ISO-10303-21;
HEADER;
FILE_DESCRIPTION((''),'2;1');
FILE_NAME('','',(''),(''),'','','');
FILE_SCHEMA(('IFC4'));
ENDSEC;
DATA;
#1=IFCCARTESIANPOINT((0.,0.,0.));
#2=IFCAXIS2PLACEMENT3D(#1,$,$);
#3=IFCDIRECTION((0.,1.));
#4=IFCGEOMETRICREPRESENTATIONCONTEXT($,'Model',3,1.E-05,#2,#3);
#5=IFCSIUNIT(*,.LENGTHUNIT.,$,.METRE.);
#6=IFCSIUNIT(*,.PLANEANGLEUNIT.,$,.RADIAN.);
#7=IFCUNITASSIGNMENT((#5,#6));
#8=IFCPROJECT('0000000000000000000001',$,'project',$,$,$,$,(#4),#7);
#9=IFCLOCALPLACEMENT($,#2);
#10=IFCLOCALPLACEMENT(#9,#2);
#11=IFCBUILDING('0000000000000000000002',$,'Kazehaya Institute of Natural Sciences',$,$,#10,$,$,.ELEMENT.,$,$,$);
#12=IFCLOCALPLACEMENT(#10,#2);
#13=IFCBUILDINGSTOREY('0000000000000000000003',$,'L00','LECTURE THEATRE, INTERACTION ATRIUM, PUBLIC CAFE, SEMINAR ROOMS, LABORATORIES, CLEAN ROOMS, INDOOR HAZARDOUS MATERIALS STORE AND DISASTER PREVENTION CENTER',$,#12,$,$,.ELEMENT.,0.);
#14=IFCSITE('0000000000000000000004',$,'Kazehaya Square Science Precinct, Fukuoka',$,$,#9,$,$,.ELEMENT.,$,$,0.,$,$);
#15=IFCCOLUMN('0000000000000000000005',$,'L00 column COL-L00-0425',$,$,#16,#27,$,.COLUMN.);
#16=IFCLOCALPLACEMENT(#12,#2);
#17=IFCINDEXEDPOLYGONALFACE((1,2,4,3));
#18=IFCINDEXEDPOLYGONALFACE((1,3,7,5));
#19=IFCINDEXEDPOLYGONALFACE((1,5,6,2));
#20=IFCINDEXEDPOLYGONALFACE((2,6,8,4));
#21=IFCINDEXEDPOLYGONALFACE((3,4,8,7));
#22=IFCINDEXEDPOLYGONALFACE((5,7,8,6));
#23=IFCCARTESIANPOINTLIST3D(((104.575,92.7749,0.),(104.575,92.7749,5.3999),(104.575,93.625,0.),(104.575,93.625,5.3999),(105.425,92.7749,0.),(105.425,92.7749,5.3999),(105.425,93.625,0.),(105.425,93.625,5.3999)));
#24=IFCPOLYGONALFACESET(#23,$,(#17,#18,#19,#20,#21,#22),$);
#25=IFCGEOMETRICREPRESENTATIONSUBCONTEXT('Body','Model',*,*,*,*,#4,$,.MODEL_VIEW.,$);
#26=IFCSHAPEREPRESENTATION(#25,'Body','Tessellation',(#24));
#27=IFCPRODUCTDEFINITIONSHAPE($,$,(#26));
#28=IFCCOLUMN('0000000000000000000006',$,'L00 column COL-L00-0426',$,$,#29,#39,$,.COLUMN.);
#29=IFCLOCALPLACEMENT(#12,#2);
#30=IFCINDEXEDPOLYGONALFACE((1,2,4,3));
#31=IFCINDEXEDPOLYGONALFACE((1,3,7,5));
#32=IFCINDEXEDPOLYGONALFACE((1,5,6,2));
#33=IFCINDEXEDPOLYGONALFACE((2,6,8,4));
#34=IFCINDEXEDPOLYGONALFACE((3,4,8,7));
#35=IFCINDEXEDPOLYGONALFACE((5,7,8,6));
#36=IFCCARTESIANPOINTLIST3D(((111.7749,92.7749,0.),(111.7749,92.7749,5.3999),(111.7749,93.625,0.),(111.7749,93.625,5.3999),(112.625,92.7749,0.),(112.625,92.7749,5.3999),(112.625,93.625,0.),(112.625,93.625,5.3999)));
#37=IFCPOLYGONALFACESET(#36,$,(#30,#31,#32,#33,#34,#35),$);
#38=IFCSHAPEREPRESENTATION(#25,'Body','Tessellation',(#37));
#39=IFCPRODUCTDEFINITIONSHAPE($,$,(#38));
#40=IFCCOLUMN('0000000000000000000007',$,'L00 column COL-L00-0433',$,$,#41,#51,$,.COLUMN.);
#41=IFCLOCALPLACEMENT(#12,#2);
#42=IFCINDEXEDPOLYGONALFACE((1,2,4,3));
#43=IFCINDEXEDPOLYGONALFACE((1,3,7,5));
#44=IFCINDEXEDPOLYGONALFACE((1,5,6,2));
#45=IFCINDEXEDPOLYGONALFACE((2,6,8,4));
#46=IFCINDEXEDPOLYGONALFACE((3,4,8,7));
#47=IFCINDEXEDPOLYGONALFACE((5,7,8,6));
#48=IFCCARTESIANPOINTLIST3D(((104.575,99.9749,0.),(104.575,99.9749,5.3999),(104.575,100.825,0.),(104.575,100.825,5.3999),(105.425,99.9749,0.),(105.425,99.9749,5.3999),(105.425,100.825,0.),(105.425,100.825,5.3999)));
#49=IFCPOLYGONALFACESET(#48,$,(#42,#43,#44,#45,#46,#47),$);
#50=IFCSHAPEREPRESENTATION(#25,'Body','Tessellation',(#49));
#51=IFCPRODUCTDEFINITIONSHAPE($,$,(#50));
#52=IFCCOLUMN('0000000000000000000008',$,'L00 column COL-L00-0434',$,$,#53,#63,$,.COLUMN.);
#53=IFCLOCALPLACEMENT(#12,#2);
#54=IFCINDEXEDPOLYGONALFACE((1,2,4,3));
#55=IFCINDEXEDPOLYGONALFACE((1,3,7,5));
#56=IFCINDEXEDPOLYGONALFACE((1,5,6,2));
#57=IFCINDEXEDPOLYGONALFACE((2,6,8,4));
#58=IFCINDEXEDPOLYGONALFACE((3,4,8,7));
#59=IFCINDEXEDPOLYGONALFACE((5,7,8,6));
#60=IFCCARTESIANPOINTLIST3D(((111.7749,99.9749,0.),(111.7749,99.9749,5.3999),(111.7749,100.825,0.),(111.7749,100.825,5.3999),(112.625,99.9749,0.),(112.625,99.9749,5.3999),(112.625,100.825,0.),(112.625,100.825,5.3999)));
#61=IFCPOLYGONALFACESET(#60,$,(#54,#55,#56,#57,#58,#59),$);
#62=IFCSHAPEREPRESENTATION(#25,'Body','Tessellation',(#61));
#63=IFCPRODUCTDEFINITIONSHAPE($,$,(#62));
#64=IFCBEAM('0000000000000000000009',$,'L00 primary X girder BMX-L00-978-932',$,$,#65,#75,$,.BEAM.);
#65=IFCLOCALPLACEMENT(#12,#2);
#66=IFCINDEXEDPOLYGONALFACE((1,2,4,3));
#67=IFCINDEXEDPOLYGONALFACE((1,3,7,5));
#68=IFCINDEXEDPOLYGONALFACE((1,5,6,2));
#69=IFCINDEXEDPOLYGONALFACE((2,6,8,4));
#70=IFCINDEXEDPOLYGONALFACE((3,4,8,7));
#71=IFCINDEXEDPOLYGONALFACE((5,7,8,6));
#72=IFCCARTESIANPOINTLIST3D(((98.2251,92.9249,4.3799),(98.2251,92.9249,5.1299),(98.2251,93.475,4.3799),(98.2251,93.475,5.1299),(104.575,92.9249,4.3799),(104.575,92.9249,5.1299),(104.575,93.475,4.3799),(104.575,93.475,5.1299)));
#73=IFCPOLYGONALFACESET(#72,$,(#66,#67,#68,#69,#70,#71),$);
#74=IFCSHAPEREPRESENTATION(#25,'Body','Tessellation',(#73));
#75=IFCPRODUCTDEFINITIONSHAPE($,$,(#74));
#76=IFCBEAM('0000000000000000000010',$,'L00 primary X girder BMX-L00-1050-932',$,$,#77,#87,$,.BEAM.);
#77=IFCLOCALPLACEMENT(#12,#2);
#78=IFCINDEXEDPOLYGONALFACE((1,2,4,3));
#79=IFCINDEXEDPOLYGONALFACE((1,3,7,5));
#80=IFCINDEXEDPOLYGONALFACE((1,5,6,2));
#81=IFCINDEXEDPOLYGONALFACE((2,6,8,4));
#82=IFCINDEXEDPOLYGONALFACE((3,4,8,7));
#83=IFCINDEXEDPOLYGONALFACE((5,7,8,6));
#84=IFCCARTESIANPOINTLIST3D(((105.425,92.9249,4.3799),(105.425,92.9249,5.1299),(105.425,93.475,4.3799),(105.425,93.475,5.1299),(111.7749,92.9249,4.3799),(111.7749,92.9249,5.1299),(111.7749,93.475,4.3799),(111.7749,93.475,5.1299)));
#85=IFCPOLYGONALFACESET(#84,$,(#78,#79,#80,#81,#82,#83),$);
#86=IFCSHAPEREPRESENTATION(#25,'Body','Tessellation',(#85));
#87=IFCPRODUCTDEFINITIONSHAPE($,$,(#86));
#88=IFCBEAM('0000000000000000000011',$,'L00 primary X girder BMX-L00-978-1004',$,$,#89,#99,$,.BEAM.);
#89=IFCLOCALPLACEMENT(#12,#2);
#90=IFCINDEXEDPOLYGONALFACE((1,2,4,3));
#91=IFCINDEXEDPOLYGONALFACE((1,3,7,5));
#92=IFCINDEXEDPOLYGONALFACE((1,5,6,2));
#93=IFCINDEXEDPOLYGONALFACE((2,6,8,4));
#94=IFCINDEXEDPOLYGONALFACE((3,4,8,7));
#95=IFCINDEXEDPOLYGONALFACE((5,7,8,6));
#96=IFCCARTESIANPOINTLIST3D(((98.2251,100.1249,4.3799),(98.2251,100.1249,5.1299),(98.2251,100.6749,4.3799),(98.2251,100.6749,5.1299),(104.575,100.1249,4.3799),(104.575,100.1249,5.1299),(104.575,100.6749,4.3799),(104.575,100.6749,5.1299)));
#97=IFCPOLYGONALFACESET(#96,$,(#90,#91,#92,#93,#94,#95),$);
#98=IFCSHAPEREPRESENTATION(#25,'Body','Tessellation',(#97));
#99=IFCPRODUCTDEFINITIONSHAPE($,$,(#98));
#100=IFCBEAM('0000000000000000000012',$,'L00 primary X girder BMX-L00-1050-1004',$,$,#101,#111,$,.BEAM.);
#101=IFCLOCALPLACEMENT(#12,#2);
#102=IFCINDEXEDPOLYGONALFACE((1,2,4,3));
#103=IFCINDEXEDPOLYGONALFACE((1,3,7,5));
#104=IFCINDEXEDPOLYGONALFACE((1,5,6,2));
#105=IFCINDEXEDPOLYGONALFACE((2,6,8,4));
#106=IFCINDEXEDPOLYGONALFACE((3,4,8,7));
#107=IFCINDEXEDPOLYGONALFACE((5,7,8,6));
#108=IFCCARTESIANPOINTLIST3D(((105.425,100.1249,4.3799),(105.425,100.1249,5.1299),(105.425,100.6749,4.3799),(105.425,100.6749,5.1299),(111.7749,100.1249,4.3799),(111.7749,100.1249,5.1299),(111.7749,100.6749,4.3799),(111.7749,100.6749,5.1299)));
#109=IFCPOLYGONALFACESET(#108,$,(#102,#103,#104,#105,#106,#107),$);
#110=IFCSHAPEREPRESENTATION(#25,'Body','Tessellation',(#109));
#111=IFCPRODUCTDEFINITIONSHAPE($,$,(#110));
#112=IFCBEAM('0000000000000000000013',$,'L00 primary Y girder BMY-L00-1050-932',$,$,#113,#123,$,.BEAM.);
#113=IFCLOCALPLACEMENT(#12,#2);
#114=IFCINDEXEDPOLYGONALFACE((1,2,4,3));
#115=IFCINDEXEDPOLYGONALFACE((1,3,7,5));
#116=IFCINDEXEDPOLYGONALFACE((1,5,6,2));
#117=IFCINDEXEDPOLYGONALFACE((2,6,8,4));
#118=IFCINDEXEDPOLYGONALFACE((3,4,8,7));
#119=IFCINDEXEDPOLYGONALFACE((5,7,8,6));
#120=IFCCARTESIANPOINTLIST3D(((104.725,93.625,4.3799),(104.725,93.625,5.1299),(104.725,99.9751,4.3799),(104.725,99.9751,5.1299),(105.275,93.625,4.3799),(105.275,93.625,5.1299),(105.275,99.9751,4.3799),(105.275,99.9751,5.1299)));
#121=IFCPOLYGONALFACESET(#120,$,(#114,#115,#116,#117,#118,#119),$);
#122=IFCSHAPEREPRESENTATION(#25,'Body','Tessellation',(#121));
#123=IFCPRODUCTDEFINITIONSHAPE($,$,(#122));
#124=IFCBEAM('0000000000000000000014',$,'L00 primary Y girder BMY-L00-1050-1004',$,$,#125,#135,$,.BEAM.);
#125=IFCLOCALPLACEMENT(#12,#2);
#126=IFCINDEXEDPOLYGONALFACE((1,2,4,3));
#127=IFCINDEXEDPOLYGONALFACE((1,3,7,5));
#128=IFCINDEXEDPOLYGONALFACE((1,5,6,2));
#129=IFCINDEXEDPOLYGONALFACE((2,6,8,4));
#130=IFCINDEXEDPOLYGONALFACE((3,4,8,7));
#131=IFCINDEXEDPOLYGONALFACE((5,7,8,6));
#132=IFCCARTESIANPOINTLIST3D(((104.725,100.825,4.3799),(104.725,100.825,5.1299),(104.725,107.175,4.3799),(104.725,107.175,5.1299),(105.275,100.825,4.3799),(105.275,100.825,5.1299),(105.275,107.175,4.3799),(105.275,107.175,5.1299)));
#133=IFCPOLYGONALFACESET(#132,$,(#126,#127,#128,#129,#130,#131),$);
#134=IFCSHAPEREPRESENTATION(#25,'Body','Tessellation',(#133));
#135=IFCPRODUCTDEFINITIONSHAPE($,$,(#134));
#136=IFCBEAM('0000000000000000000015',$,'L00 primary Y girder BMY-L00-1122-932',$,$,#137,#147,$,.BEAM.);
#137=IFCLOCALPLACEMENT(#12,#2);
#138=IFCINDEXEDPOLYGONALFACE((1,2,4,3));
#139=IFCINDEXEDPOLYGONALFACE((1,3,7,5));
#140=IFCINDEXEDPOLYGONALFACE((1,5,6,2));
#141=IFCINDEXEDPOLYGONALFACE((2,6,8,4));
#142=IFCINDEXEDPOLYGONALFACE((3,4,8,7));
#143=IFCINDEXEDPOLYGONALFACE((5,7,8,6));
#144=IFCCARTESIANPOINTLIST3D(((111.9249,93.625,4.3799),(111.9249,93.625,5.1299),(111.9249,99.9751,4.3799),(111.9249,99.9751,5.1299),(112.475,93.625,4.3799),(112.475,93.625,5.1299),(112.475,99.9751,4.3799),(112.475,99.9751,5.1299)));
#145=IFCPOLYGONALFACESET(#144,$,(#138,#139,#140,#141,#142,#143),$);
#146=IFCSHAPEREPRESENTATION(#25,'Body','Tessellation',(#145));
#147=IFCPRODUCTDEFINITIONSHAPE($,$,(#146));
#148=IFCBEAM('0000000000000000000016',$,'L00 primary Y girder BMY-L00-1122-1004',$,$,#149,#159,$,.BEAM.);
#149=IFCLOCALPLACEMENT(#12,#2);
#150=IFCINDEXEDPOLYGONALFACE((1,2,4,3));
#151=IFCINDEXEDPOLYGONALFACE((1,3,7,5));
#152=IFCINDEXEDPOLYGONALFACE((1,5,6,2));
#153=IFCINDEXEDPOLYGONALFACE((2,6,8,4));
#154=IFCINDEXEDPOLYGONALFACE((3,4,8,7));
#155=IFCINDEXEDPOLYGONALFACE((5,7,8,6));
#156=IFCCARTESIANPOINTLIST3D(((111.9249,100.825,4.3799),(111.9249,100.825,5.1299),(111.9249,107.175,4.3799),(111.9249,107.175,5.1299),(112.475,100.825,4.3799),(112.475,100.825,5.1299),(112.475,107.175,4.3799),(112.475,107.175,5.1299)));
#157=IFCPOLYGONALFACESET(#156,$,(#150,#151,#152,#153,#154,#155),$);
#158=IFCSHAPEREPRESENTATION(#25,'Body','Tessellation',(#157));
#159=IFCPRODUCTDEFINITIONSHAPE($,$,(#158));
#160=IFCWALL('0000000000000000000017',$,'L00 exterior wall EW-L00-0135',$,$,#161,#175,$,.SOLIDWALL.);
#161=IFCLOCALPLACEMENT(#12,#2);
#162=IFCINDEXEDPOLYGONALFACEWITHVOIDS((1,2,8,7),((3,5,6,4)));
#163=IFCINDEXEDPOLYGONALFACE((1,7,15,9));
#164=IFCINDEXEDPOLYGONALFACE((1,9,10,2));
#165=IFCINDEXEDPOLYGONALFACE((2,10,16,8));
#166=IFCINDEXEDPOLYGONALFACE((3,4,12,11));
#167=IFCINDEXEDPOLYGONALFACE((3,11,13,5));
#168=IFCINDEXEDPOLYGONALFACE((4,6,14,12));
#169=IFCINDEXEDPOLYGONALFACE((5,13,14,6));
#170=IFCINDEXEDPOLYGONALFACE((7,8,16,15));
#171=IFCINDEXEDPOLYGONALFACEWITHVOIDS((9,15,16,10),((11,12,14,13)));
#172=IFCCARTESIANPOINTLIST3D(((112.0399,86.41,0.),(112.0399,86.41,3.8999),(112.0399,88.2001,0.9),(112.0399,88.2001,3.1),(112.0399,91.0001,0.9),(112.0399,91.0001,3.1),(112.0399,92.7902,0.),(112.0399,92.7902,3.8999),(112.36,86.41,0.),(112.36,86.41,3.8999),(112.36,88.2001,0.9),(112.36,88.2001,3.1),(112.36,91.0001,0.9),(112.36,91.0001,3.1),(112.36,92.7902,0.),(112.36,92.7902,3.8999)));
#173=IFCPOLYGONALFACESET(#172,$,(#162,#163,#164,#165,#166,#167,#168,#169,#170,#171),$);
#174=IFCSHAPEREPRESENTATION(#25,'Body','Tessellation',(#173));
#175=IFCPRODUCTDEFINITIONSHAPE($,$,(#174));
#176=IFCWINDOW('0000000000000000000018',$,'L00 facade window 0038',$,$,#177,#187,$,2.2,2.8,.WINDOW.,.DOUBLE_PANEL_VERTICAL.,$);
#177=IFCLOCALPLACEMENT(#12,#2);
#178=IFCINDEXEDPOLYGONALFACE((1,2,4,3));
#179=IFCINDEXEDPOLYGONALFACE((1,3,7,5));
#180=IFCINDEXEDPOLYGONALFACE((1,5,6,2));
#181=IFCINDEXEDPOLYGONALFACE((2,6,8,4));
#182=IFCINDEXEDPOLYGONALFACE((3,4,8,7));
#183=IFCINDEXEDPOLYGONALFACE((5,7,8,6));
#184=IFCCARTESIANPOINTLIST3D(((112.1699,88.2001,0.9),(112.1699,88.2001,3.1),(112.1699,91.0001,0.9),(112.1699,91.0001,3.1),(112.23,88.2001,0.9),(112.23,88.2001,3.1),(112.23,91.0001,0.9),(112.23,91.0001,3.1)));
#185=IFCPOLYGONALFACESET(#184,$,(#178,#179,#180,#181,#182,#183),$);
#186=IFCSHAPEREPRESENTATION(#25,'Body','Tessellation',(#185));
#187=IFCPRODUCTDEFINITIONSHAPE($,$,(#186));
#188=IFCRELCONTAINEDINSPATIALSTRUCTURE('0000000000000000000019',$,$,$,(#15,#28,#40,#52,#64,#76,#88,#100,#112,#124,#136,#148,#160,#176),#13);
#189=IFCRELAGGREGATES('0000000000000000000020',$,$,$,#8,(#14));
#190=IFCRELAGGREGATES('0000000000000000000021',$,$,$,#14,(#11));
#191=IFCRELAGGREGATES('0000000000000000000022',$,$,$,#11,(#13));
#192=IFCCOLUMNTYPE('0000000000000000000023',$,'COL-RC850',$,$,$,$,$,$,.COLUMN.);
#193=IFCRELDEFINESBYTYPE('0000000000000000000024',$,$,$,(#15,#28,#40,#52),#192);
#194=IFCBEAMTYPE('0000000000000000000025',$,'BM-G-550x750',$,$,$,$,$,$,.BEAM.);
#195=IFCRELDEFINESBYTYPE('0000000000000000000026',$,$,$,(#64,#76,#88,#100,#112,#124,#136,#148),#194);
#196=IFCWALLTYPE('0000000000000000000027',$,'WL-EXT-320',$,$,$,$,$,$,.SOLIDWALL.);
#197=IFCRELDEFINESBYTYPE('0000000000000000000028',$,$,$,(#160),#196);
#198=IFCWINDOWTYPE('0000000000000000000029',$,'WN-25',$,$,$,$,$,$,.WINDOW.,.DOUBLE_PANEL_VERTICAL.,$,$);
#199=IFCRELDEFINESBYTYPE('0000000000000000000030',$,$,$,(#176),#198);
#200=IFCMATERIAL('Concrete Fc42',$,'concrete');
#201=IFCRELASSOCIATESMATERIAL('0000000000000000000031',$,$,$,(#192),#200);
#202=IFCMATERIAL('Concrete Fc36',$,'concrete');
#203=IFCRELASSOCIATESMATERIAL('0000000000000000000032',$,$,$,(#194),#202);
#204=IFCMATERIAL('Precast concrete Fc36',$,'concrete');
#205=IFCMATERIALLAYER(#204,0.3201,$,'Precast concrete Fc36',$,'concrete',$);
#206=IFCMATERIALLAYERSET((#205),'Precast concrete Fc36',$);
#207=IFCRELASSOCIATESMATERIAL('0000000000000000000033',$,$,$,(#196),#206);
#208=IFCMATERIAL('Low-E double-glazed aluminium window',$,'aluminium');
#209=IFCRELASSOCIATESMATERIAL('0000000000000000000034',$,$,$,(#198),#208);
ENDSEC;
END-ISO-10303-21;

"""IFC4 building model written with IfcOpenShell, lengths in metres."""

from ifc_helpers import new_model, si_unit, direction, frame, frame_2d, origin, origin_2d, place, context, subcontext, project, spatial, rectangle, extrude, material, layer, layer_set, material_profile, profile_set, type_object, element, fill, save


model = new_model("IFC4")

# Units and contexts
model_context = context("Model", 3, precision=1e-05, world=origin(), true_north=direction((0.0, 1.0)))
body_context = subcontext(model_context, "Body", "Model", "MODEL_VIEW")
ifc_project = project(units=[si_unit("LENGTHUNIT", "METRE"), si_unit("PLANEANGLEUNIT", "RADIAN")], contexts=[model_context])

# Site, building, storey
site_placement = place(None, origin())
site = spatial("IfcSite", under=ifc_project, at=site_placement, Name="Kazehaya Square Science Precinct, Fukuoka", CompositionType="ELEMENT", RefElevation=0.0)
building_placement = place(site_placement, origin())
building = spatial("IfcBuilding", under=site, at=building_placement, Name="Kazehaya Institute of Natural Sciences", CompositionType="ELEMENT")
storey_placement = place(building_placement, origin())
storey = spatial("IfcBuildingStorey", under=building, at=storey_placement, Name="L00", Description="LECTURE THEATRE, INTERACTION ATRIUM, PUBLIC CAFE, SEMINAR ROOMS, LABORATORIES, CLEAN ROOMS, INDOOR HAZARDOUS MATERIALS STORE AND DISASTER PREVENTION CENTER", CompositionType="ELEMENT", Elevation=0.0)

# Columns
ifc_material_1 = material(Name="Concrete Fc42", Category="concrete")
ifc_material_profile_1 = material_profile(ifc_material_1, rectangle(XDim=0.8501, YDim=0.8501, at=origin_2d()), Name="RC-850x850")
ifc_profile_set_1 = profile_set([ifc_material_profile_1], Name="Concrete Fc42")
column_type = type_object("IfcColumnType", Name="COL-RC850", PredefinedType="COLUMN", material=ifc_profile_set_1)
for number, where, z_axis, x_axis, name in (
    (1, (105.0, 93.2, 0.0), (0.0, 0.0, 1.0), (1.0, 0.0, 0.0), "L00 column COL-L00-0425"),
    (2, (112.2, 93.2, 0.0), (0.0, 0.0, 1.0), (1.0, 0.0, 0.0), "L00 column COL-L00-0426"),
    (3, (105.0, 100.3999, 0.0), (0.0, 0.0, 1.0), (1.0, 0.0, 0.0), "L00 column COL-L00-0433"),
    (4, (112.2, 100.3999, 0.0), (0.0, 0.0, 1.0), (1.0, 0.0, 0.0), "L00 column COL-L00-0434"),
):
    element("IfcColumn", number, at=place(storey_placement, frame(where, z_axis=z_axis, x_axis=x_axis)), inside=storey, type_object=column_type, Name=name, PredefinedType="COLUMN", context=body_context, shape_type="SweptSolid", body=[
        extrude(rectangle(XDim=0.8501, YDim=0.8501, at=origin_2d()), origin(), (0.0, 0.0, 1.0), 5.3999),
    ])

# Beams
ifc_material_2 = material(Name="Concrete Fc36", Category="concrete")
ifc_material_profile_2 = material_profile(ifc_material_2, rectangle(XDim=0.55, YDim=0.75, at=origin_2d()), Name="RC-550x750")
ifc_profile_set_2 = profile_set([ifc_material_profile_2], Name="Concrete Fc36")
beam_type = type_object("IfcBeamType", Name="BM-G-550x750", PredefinedType="BEAM", material=ifc_profile_set_2)
for number, where, z_axis, x_axis, name in (
    (5, (98.2251, 93.2, 4.7549), (1.0, 0.0, 0.0), (0.0, 1.0, 0.0), "L00 primary X girder BMX-L00-978-932"),
    (6, (105.425, 93.2, 4.7549), (1.0, 0.0, 0.0), (0.0, 1.0, 0.0), "L00 primary X girder BMX-L00-1050-932"),
    (7, (98.2251, 100.3999, 4.7549), (1.0, 0.0, 0.0), (0.0, 1.0, 0.0), "L00 primary X girder BMX-L00-978-1004"),
    (8, (105.425, 100.3999, 4.7549), (1.0, 0.0, 0.0), (0.0, 1.0, 0.0), "L00 primary X girder BMX-L00-1050-1004"),
):
    element("IfcBeam", number, at=place(storey_placement, frame(where, z_axis=z_axis, x_axis=x_axis)), inside=storey, type_object=beam_type, Name=name, PredefinedType="BEAM", context=body_context, shape_type="SweptSolid", body=[
        extrude(rectangle(XDim=0.55, YDim=0.75, at=origin_2d()), origin(), (0.0, 0.0, 1.0), 6.3499),
    ])
for number, where, z_axis, x_axis, name in (
    (9, (105.0, 93.625, 4.7549), (0.0, 1.0, 0.0), (-1.0, 0.0, 0.0), "L00 primary Y girder BMY-L00-1050-932"),
    (10, (105.0, 100.825, 4.7549), (0.0, 1.0, 0.0), (-1.0, 0.0, 0.0), "L00 primary Y girder BMY-L00-1050-1004"),
    (11, (112.2, 93.625, 4.7549), (0.0, 1.0, 0.0), (-1.0, 0.0, 0.0), "L00 primary Y girder BMY-L00-1122-932"),
    (12, (112.2, 100.825, 4.7549), (0.0, 1.0, 0.0), (-1.0, 0.0, 0.0), "L00 primary Y girder BMY-L00-1122-1004"),
):
    element("IfcBeam", number, at=place(storey_placement, frame(where, z_axis=z_axis, x_axis=x_axis)), inside=storey, type_object=beam_type, Name=name, PredefinedType="BEAM", context=body_context, shape_type="SweptSolid", body=[
        extrude(rectangle(XDim=0.55, YDim=0.75, at=origin_2d()), origin(), (0.0, 0.0, 1.0), 6.3501),
    ])

# Wall, opening, window
ifc_material_3 = material(Name="Precast concrete Fc36", Category="concrete")
ifc_layer_1 = layer(ifc_material_3, 0.3201, Name="Precast concrete Fc36", Category="concrete")
ifc_layer_set_1 = layer_set([ifc_layer_1], Name="Precast concrete Fc36")
wall_type_1 = type_object("IfcWallType", Name="WL-EXT-320", PredefinedType="SOLIDWALL", material=ifc_layer_set_1)
wall_1_placement = place(storey_placement, frame((112.2, 92.79, 0.0), z_axis=(0.0, 0.0, 1.0), x_axis=(0.0, -1.0, 0.0)))
wall_1 = element("IfcWall", 13, at=wall_1_placement, inside=storey, type_object=wall_type_1, Name="L00 exterior wall EW-L00-0135", PredefinedType="SOLIDWALL", context=body_context, shape_type="SweptSolid", body=[
    extrude(rectangle(XDim=6.3801, YDim=0.3201, at=frame_2d((3.1899, 0.0))), origin(), (0.0, 0.0, 1.0), 3.8999),
])
opening_1_placement = place(wall_1_placement, frame((1.79, 0.0, 0.8999)))
opening_1 = element("IfcOpeningElement", 14, at=opening_1_placement, cuts=wall_1, PredefinedType="OPENING", context=body_context, shape_type="SweptSolid", body=[
    extrude(rectangle(XDim=2.8, YDim=2.2, at=frame_2d((1.3999, 1.1001))), frame((0.0, 0.1699, 0.0), z_axis=(0.0, -1.0, 0.0), x_axis=(1.0, 0.0, 0.0)), (0.0, 0.0, 1.0), 0.3401),
])
ifc_material_4 = material(Name="Low-E double-glazed aluminium window", Category="aluminium")
window_type = type_object("IfcWindowType", Name="WN-25", PartitioningType="DOUBLE_PANEL_VERTICAL", PredefinedType="WINDOW", material=ifc_material_4)
window_1_placement = place(opening_1_placement, origin())
window_1 = element("IfcWindow", 15, at=window_1_placement, inside=storey, type_object=window_type, Name="L00 facade window 0038", OverallHeight=2.2, OverallWidth=2.8, PartitioningType="DOUBLE_PANEL_VERTICAL", PredefinedType="WINDOW", context=body_context, shape_type="SweptSolid", body=[
    extrude(rectangle(XDim=2.8, YDim=2.2, at=frame_2d((1.3999, 1.1001))), frame((0.0, 0.03, 0.0), z_axis=(0.0, -1.0, 0.0), x_axis=(1.0, 0.0, 0.0)), (0.0, 0.0, 1.0), 0.0601),
])
fill(opening_1, window_1)

save(model, "model.ifc")
